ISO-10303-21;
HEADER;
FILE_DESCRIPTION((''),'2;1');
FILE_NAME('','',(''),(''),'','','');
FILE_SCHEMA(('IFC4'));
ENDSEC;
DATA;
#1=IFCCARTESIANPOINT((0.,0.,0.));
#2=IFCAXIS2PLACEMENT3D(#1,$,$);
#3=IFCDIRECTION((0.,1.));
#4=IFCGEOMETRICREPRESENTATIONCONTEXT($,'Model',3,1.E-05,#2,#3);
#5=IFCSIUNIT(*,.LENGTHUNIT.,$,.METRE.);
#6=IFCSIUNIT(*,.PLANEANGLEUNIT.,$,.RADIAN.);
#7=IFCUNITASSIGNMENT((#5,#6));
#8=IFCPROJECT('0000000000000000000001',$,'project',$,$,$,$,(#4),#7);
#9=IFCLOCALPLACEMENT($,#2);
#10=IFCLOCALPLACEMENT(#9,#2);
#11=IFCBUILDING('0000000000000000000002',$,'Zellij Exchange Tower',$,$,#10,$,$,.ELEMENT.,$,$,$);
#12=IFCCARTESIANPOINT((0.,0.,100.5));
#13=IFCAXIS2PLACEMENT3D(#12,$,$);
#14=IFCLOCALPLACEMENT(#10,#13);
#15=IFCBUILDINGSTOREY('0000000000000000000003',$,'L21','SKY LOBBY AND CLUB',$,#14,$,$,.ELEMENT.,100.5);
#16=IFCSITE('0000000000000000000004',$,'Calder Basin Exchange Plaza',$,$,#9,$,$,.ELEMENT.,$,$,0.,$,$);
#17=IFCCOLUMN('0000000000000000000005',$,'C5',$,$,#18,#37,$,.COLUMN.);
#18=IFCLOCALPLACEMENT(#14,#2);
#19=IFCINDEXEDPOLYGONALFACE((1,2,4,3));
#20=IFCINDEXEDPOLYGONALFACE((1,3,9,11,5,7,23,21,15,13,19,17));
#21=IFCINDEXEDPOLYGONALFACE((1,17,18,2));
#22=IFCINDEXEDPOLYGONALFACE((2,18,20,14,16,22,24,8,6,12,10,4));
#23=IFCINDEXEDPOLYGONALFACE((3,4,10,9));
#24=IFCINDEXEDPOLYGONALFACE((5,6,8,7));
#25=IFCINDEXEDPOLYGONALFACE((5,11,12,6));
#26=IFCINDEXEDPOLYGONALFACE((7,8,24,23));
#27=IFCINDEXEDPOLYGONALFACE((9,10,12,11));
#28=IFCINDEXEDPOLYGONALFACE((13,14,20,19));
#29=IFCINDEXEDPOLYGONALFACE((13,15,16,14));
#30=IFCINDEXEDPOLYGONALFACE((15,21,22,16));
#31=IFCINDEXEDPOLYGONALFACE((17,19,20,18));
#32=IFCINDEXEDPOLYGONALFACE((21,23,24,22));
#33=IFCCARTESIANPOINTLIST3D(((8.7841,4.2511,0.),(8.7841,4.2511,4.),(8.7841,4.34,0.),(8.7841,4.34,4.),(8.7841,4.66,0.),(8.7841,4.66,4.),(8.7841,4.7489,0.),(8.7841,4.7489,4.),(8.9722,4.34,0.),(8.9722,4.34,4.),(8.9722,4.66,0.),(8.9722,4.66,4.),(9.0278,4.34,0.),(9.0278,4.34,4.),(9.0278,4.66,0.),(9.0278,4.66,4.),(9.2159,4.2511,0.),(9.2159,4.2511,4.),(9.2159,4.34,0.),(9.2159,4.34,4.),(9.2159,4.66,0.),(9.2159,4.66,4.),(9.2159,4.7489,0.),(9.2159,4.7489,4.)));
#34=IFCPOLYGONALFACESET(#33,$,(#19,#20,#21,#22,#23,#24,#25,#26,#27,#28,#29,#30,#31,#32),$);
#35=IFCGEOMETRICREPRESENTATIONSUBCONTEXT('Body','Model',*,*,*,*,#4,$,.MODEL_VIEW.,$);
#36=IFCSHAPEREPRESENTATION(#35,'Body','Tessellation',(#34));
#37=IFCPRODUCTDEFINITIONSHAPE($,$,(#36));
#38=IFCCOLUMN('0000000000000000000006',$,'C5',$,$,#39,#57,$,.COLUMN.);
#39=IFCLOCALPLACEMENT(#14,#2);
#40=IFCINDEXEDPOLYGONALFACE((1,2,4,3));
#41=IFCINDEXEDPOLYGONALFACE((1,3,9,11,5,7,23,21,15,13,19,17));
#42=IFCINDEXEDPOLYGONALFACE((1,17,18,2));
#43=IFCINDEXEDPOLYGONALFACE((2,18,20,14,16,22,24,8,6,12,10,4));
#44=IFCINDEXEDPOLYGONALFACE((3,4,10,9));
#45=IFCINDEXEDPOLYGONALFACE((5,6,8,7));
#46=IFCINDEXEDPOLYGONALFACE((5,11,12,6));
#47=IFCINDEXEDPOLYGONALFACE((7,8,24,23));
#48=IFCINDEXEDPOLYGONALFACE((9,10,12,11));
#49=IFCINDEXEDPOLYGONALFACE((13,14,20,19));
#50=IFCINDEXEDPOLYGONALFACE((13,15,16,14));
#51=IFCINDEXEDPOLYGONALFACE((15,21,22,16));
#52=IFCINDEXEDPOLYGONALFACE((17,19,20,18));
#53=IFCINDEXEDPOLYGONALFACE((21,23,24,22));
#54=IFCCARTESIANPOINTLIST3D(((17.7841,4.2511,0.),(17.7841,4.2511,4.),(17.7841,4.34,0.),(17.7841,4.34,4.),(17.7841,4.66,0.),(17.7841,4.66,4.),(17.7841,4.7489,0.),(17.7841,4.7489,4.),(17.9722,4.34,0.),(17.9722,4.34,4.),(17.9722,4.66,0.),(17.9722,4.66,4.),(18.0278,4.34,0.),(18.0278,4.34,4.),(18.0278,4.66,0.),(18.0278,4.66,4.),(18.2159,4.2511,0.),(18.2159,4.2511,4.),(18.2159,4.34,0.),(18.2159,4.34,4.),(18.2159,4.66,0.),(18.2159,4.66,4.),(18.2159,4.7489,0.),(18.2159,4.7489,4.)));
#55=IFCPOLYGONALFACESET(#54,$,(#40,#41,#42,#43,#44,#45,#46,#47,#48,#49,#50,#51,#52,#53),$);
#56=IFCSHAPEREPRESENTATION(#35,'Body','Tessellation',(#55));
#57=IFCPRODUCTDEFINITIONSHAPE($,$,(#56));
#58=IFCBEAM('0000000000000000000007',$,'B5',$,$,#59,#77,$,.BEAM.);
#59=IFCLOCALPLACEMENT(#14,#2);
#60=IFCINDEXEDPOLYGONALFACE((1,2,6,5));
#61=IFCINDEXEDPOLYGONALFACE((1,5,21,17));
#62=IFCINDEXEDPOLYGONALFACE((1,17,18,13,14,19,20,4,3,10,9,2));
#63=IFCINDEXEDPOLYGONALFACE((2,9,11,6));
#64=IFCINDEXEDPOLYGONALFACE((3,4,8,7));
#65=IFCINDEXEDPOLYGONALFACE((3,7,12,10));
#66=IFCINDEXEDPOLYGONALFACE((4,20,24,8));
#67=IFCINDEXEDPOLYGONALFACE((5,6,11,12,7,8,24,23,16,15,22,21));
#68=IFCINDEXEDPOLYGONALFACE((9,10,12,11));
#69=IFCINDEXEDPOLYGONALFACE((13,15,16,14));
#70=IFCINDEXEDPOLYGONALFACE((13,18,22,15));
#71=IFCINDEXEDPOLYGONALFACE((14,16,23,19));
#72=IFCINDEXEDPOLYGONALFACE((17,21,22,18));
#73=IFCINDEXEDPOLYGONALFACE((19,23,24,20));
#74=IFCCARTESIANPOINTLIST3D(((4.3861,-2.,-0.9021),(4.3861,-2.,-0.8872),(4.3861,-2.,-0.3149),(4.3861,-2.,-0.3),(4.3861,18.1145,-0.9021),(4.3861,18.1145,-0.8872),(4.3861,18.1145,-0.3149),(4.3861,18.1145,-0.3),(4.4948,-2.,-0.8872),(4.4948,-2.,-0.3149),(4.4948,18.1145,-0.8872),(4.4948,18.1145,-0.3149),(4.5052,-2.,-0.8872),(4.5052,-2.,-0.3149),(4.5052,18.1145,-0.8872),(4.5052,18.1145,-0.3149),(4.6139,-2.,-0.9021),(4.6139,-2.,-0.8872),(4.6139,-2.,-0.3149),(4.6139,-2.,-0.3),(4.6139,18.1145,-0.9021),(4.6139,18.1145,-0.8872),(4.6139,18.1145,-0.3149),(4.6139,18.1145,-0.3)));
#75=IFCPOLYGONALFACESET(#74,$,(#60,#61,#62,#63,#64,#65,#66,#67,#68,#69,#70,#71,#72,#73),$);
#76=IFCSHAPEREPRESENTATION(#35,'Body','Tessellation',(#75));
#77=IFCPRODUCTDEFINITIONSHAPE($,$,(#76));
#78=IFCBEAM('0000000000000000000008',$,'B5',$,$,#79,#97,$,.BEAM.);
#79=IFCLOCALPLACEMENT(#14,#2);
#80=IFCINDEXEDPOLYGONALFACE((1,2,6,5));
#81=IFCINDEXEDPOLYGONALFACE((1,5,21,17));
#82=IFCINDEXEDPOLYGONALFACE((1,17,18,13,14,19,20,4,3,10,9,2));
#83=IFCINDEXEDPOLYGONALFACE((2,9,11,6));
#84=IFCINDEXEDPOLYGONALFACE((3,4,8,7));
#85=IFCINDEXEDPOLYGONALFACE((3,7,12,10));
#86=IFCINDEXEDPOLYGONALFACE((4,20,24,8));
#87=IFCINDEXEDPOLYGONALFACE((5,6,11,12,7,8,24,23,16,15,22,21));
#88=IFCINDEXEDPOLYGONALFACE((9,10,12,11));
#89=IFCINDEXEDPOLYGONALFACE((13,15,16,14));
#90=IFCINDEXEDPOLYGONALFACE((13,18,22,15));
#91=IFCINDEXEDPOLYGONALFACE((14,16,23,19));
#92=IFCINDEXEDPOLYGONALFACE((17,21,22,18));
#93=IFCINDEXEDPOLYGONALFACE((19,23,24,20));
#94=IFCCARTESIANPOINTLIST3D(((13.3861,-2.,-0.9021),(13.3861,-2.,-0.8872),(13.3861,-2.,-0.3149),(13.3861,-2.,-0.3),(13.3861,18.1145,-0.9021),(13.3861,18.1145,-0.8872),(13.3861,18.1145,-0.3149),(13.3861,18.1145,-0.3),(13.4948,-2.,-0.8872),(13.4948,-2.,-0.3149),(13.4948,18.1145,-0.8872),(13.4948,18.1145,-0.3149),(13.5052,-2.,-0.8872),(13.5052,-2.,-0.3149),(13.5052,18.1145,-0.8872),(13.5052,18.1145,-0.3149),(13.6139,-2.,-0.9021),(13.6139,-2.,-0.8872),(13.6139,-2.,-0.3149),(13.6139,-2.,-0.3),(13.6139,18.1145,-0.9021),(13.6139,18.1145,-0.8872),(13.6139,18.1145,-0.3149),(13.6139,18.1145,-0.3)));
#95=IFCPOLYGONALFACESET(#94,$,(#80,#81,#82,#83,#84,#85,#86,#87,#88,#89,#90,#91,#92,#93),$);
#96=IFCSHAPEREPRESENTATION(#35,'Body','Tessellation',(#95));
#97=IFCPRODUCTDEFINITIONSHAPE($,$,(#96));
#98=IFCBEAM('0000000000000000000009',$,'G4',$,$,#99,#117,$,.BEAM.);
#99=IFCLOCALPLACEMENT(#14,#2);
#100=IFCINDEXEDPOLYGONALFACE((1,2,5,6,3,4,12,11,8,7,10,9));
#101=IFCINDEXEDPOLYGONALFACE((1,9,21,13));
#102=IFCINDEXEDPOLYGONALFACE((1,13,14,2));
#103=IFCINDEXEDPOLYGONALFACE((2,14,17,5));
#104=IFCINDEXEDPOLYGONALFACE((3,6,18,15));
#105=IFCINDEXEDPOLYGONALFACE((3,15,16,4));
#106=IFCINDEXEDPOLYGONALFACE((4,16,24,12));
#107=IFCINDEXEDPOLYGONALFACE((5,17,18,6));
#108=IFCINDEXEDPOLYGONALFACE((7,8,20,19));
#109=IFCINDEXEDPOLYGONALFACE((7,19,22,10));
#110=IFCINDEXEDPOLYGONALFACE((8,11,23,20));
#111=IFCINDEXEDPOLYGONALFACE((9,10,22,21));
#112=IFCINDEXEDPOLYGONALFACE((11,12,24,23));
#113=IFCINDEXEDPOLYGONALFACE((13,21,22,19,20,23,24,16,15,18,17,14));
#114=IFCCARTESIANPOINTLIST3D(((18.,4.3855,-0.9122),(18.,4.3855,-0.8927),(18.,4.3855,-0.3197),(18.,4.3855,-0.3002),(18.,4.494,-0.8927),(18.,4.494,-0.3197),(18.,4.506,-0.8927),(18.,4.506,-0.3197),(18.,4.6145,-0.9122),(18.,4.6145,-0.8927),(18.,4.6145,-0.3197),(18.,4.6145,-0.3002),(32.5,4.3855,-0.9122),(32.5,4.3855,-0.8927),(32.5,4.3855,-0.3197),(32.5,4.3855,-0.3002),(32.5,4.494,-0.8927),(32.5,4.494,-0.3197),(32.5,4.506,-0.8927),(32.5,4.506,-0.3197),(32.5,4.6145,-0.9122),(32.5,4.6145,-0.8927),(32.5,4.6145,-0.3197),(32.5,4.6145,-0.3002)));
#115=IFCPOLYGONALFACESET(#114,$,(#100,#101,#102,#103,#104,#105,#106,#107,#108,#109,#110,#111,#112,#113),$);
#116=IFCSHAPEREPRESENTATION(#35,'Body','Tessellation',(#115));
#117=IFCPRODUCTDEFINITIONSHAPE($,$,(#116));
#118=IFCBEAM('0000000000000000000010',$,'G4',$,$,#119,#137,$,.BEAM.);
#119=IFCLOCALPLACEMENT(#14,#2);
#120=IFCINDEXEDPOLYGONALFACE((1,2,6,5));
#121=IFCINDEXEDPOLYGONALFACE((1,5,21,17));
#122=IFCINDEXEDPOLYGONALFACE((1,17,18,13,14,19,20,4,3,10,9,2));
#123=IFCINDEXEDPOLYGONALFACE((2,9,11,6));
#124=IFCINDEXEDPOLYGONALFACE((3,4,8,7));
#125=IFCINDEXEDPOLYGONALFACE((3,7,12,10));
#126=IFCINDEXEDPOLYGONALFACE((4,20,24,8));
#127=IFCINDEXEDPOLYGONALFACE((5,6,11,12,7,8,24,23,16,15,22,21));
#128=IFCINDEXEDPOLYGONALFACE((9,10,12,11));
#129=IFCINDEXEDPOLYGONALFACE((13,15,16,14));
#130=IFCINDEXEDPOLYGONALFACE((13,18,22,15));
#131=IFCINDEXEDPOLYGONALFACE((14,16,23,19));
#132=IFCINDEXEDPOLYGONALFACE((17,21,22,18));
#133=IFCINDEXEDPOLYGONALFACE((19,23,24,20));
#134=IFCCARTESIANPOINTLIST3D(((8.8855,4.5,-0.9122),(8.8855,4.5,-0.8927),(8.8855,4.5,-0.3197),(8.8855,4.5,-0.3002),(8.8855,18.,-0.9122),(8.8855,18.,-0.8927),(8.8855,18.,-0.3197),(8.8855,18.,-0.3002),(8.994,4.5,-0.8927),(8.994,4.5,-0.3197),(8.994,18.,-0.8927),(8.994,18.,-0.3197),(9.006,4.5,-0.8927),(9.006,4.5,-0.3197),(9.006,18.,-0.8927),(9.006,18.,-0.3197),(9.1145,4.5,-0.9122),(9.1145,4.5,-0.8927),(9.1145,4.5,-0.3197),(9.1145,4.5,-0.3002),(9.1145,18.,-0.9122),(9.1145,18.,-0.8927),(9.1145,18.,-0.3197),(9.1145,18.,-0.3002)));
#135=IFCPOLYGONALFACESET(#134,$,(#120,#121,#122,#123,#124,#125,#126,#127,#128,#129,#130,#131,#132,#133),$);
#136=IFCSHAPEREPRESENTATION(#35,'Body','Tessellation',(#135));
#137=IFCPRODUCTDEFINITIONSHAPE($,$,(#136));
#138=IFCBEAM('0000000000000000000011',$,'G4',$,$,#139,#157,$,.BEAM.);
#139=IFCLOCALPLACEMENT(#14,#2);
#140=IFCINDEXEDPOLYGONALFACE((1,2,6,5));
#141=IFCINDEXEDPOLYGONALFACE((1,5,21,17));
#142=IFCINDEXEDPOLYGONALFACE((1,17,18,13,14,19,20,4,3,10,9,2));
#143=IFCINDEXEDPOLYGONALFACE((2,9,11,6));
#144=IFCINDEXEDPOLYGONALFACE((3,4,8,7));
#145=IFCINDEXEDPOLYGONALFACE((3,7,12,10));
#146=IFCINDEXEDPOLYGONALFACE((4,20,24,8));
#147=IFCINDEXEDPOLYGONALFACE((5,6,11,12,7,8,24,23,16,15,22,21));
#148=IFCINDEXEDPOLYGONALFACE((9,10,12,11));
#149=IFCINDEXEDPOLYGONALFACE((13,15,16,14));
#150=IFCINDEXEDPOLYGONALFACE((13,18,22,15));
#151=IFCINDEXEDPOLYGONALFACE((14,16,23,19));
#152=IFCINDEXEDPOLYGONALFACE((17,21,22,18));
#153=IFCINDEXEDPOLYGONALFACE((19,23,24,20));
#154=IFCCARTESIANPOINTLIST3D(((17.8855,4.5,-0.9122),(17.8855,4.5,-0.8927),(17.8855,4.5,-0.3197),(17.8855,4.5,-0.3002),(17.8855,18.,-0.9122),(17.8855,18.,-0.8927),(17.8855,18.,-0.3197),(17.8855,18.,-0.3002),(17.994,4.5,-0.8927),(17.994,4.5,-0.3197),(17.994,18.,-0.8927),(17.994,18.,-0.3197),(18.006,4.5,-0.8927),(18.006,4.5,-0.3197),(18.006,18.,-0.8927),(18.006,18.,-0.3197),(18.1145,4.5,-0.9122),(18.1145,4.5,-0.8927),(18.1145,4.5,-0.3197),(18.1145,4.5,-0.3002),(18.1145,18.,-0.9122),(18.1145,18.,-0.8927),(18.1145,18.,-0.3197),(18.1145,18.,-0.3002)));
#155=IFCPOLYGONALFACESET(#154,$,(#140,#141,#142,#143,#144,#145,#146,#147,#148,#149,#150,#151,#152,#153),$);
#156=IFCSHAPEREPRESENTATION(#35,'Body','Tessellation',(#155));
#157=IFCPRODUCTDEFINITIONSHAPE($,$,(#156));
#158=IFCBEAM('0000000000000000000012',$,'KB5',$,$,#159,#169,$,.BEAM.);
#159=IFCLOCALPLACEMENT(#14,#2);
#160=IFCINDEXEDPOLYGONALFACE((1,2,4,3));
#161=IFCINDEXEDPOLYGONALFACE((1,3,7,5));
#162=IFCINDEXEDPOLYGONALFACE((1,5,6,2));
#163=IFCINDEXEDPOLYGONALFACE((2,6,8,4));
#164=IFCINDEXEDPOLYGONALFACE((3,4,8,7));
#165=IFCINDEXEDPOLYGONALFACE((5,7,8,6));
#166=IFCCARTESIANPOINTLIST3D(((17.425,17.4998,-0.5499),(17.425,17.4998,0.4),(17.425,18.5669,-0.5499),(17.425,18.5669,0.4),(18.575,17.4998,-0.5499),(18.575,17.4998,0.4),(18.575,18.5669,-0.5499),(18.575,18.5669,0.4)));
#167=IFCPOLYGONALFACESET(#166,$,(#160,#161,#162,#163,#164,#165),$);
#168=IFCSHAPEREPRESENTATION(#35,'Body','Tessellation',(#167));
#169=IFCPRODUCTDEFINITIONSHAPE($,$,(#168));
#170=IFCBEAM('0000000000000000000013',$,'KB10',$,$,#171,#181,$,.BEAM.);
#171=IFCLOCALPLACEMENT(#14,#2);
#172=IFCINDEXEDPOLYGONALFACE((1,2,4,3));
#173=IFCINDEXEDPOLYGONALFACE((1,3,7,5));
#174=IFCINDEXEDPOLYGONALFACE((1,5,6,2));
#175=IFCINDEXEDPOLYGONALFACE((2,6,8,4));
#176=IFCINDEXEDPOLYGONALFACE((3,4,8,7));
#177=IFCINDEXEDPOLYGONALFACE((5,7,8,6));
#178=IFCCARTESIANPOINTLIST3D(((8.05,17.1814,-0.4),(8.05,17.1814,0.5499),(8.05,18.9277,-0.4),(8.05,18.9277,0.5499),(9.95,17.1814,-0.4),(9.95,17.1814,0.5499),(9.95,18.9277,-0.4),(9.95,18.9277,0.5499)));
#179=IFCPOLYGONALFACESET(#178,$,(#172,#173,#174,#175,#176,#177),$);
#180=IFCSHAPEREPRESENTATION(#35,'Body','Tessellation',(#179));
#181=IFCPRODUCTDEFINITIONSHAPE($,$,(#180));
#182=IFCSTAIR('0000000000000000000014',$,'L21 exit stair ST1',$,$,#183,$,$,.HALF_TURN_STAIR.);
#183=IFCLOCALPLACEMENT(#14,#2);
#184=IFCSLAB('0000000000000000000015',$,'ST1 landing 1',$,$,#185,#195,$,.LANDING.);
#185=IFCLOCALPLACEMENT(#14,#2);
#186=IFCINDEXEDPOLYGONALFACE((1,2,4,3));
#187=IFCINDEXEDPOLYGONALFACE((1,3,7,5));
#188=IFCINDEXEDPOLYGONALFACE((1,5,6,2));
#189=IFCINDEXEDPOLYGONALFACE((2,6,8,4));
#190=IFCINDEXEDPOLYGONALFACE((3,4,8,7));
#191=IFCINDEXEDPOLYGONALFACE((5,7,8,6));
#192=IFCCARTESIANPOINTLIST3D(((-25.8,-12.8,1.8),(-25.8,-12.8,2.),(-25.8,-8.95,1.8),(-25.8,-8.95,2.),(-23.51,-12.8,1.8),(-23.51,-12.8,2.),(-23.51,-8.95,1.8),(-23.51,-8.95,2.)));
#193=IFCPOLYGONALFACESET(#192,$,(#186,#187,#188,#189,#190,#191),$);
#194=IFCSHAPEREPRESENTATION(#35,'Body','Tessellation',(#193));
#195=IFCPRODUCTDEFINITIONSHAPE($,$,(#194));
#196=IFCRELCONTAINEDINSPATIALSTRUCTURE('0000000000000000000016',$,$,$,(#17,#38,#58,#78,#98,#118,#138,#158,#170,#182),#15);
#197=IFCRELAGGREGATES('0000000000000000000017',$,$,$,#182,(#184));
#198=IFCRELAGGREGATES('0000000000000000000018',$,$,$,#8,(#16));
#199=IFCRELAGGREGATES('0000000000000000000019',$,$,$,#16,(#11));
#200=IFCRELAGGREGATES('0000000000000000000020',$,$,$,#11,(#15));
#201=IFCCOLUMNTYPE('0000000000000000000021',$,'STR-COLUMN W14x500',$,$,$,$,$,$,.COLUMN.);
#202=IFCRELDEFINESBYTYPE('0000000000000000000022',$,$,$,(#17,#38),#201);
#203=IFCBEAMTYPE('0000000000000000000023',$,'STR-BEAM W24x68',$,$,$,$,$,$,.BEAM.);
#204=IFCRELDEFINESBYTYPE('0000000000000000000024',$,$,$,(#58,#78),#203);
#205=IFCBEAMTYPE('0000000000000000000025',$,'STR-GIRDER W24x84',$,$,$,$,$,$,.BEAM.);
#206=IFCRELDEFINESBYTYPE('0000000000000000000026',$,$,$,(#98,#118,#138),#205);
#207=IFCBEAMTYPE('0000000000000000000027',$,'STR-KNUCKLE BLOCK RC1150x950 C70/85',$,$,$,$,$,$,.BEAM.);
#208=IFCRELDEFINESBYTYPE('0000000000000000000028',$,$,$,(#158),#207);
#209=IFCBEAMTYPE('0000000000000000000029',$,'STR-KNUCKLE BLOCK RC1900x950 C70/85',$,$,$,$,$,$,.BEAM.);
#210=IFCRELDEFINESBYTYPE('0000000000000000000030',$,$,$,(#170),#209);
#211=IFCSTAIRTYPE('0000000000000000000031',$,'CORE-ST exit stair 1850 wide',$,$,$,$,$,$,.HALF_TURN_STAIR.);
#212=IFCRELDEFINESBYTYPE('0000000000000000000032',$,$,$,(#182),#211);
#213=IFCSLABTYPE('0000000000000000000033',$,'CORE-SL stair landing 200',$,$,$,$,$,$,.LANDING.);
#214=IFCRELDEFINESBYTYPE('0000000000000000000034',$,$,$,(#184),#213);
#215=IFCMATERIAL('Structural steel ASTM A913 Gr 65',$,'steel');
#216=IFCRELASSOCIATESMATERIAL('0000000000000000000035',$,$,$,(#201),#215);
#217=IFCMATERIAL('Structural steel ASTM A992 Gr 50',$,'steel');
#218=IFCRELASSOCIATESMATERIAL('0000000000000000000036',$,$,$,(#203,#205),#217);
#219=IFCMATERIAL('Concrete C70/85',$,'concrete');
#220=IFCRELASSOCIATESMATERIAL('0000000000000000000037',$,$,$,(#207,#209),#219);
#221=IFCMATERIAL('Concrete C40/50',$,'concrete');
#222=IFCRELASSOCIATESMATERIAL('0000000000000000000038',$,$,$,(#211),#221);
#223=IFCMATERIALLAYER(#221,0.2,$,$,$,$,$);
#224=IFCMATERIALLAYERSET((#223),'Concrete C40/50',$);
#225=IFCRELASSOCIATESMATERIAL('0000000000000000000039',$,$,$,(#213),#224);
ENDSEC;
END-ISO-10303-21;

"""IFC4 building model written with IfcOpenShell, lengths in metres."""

from ifc_helpers import new_model, si_unit, direction, frame, origin, origin_2d, place, context, subcontext, project, spatial, polyline, rectangle, i_section, outline, extrude, material, layer, layer_set, material_profile, profile_set, type_object, element, aggregate, save


model = new_model("IFC4")

# Units and contexts
model_context = context("Model", 3, precision=1e-05, world=origin(), true_north=direction((0.0, 1.0)))
body_context = subcontext(model_context, "Body", "Model", "MODEL_VIEW")
ifc_project = project(units=[si_unit("LENGTHUNIT", "METRE"), si_unit("PLANEANGLEUNIT", "RADIAN")], contexts=[model_context])

# Site, building, storey
site_placement = place(None, origin())
site = spatial("IfcSite", under=ifc_project, at=site_placement, Name="Calder Basin Exchange Plaza", CompositionType="ELEMENT", RefElevation=0.0)
building_placement = place(site_placement, origin())
building = spatial("IfcBuilding", under=site, at=building_placement, Name="Zellij Exchange Tower", CompositionType="ELEMENT")
storey_placement = place(building_placement, frame((0.0, 0.0, 100.5)))
storey = spatial("IfcBuildingStorey", under=building, at=storey_placement, Name="L21", Description="SKY LOBBY AND CLUB", CompositionType="ELEMENT", Elevation=100.5)

# Columns
ifc_material_1 = material(Name="Structural steel ASTM A913 Gr 65", Category="steel")
ifc_material_profile_1 = material_profile(ifc_material_1, i_section(OverallWidth=0.4319, OverallDepth=0.4978, WebThickness=0.0557, FlangeThickness=0.0889, at=origin_2d()), Name="W14x500")
ifc_profile_set_1 = profile_set([ifc_material_profile_1], Name="Structural steel ASTM A913 Gr 65")
column_type_1 = type_object("IfcColumnType", Name="STR-COLUMN W14x500", PredefinedType="COLUMN", material=ifc_profile_set_1)
for number, where, z_axis, x_axis, name in (
    (1, (9.0, 4.5, 0.0), (0.0, 0.0, 1.0), (1.0, 0.0, 0.0), "C5"),
    (2, (18.0, 4.5, 0.0), (0.0, 0.0, 1.0), (1.0, 0.0, 0.0), "C5"),
):
    element("IfcColumn", number, at=place(storey_placement, frame(where, z_axis=z_axis, x_axis=x_axis)), inside=storey, type_object=column_type_1, Name=name, PredefinedType="COLUMN", context=body_context, shape_type="SweptSolid", body=[
        extrude(i_section(OverallWidth=0.4319, OverallDepth=0.4978, WebThickness=0.0557, FlangeThickness=0.0889, at=origin_2d()), origin(), (0.0, 0.0, 1.0), 4.0),
    ])
ifc_material_2 = material(Name="Concrete C70/85", Category="concrete")

# Beams
ifc_material_3 = material(Name="Structural steel ASTM A992 Gr 50", Category="steel")
ifc_material_profile_2 = material_profile(ifc_material_3, i_section(OverallWidth=0.2278, OverallDepth=0.6021, WebThickness=0.0105, FlangeThickness=0.0149, at=origin_2d()), Name="W24x68")
ifc_profile_set_2 = profile_set([ifc_material_profile_2], Name="Structural steel ASTM A992 Gr 50")
beam_type_1 = type_object("IfcBeamType", Name="STR-BEAM W24x68", PredefinedType="BEAM", material=ifc_profile_set_2)
for number, where, z_axis, x_axis, name in (
    (3, (4.5, -2.0, -0.6011), (0.0, 1.0, 0.0), (-1.0, 0.0, 0.0), "B5"),
    (4, (13.5, -2.0, -0.6011), (0.0, 1.0, 0.0), (-1.0, 0.0, 0.0), "B5"),
):
    element("IfcBeam", number, at=place(storey_placement, frame(where, z_axis=z_axis, x_axis=x_axis)), inside=storey, type_object=beam_type_1, Name=name, PredefinedType="BEAM", context=body_context, shape_type="SweptSolid", body=[
        extrude(i_section(OverallWidth=0.2278, OverallDepth=0.6021, WebThickness=0.0105, FlangeThickness=0.0149, at=origin_2d()), origin(), (0.0, 0.0, 1.0), 20.1145),
    ])
ifc_material_profile_3 = material_profile(ifc_material_3, i_section(OverallWidth=0.229, OverallDepth=0.6121, WebThickness=0.012, FlangeThickness=0.0195, at=origin_2d()), Name="W24x84")
ifc_profile_set_3 = profile_set([ifc_material_profile_3], Name="Structural steel ASTM A992 Gr 50")
beam_type_2 = type_object("IfcBeamType", Name="STR-GIRDER W24x84", PredefinedType="BEAM", material=ifc_profile_set_3)
beam_1_placement = place(storey_placement, frame((18.0, 4.5, -0.6062), z_axis=(1.0, 0.0, 0.0), x_axis=(0.0, 1.0, 0.0)))
element("IfcBeam", 5, at=beam_1_placement, inside=storey, type_object=beam_type_2, Name="G4", PredefinedType="BEAM", context=body_context, shape_type="SweptSolid", body=[
    extrude(i_section(OverallWidth=0.229, OverallDepth=0.6121, WebThickness=0.012, FlangeThickness=0.0195, at=origin_2d()), origin(), (0.0, 0.0, 1.0), 14.5),
])
for number, where, z_axis, x_axis, name in (
    (6, (9.0, 4.5, -0.6062), (0.0, 1.0, 0.0), (-1.0, 0.0, 0.0), "G4"),
    (7, (18.0, 4.5, -0.6062), (0.0, 1.0, 0.0), (-1.0, 0.0, 0.0), "G4"),
):
    element("IfcBeam", number, at=place(storey_placement, frame(where, z_axis=z_axis, x_axis=x_axis)), inside=storey, type_object=beam_type_2, Name=name, PredefinedType="BEAM", context=body_context, shape_type="SweptSolid", body=[
        extrude(i_section(OverallWidth=0.229, OverallDepth=0.6121, WebThickness=0.012, FlangeThickness=0.0195, at=origin_2d()), origin(), (0.0, 0.0, 1.0), 13.5),
    ])
ifc_material_profile_4 = material_profile(ifc_material_2, rectangle(XDim=1.1499, YDim=0.95, at=origin_2d()), Name="STR-KNUCKLE BLOCK RC1150x950 C70/85")
ifc_profile_set_4 = profile_set([ifc_material_profile_4], Name="Concrete C70/85")
beam_type_3 = type_object("IfcBeamType", Name="STR-KNUCKLE BLOCK RC1150x950 C70/85", PredefinedType="BEAM", material=ifc_profile_set_4)
beam_2_placement = place(storey_placement, frame((18.0, 17.4998, -0.075), z_axis=(0.0, 1.0, 0.0), x_axis=(-1.0, 0.0, 0.0)))
element("IfcBeam", 8, at=beam_2_placement, inside=storey, type_object=beam_type_3, Name="KB5", PredefinedType="BEAM", context=body_context, shape_type="SweptSolid", body=[
    extrude(rectangle(XDim=1.1499, YDim=0.95, at=origin_2d()), origin(), (0.0, 0.0, 1.0), 1.0671),
])
ifc_material_profile_5 = material_profile(ifc_material_2, rectangle(XDim=1.8999, YDim=0.95, at=origin_2d()), Name="STR-KNUCKLE BLOCK RC1900x950 C70/85")
ifc_profile_set_5 = profile_set([ifc_material_profile_5], Name="Concrete C70/85")
beam_type_4 = type_object("IfcBeamType", Name="STR-KNUCKLE BLOCK RC1900x950 C70/85", PredefinedType="BEAM", material=ifc_profile_set_5)
beam_3_placement = place(storey_placement, frame((9.0, 17.1814, 0.075), z_axis=(0.0, 1.0, 0.0), x_axis=(-1.0, 0.0, 0.0)))
element("IfcBeam", 9, at=beam_3_placement, inside=storey, type_object=beam_type_4, Name="KB10", PredefinedType="BEAM", context=body_context, shape_type="SweptSolid", body=[
    extrude(rectangle(XDim=1.8999, YDim=0.95, at=origin_2d()), origin(), (0.0, 0.0, 1.0), 1.7463),
])

# Stair, slab
ifc_material_4 = material(Name="Concrete C40/50", Category="concrete")
stair_type = type_object("IfcStairType", Name="CORE-ST exit stair 1850 wide", PredefinedType="HALF_TURN_STAIR", material=ifc_material_4)
stair_1_placement = place(storey_placement, origin())
stair_1 = element("IfcStair", 10, at=stair_1_placement, inside=storey, type_object=stair_type, Name="L21 exit stair ST1", PredefinedType="HALF_TURN_STAIR")
ifc_layer_1 = layer(ifc_material_4, 0.2)
ifc_layer_set_1 = layer_set([ifc_layer_1], Name="Concrete C40/50")
slab_type_1 = type_object("IfcSlabType", Name="CORE-SL stair landing 200", PredefinedType="LANDING", material=ifc_layer_set_1)
slab_1_placement = place(storey_placement, frame((0.0, 0.0, 1.8)))
slab_1 = element("IfcSlab", 11, at=slab_1_placement, type_object=slab_type_1, Name="ST1 landing 1", PredefinedType="LANDING", context=body_context, shape_type="SweptSolid", body=[
    extrude(outline(polyline([(-23.51, -8.95), (-25.8, -8.95), (-25.8, -12.8), (-23.51, -12.8), (-23.51, -8.95)])), origin(), (0.0, 0.0, 1.0), 0.2),
])
aggregate(stair_1, [slab_1])

save(model, "model.ifc")
